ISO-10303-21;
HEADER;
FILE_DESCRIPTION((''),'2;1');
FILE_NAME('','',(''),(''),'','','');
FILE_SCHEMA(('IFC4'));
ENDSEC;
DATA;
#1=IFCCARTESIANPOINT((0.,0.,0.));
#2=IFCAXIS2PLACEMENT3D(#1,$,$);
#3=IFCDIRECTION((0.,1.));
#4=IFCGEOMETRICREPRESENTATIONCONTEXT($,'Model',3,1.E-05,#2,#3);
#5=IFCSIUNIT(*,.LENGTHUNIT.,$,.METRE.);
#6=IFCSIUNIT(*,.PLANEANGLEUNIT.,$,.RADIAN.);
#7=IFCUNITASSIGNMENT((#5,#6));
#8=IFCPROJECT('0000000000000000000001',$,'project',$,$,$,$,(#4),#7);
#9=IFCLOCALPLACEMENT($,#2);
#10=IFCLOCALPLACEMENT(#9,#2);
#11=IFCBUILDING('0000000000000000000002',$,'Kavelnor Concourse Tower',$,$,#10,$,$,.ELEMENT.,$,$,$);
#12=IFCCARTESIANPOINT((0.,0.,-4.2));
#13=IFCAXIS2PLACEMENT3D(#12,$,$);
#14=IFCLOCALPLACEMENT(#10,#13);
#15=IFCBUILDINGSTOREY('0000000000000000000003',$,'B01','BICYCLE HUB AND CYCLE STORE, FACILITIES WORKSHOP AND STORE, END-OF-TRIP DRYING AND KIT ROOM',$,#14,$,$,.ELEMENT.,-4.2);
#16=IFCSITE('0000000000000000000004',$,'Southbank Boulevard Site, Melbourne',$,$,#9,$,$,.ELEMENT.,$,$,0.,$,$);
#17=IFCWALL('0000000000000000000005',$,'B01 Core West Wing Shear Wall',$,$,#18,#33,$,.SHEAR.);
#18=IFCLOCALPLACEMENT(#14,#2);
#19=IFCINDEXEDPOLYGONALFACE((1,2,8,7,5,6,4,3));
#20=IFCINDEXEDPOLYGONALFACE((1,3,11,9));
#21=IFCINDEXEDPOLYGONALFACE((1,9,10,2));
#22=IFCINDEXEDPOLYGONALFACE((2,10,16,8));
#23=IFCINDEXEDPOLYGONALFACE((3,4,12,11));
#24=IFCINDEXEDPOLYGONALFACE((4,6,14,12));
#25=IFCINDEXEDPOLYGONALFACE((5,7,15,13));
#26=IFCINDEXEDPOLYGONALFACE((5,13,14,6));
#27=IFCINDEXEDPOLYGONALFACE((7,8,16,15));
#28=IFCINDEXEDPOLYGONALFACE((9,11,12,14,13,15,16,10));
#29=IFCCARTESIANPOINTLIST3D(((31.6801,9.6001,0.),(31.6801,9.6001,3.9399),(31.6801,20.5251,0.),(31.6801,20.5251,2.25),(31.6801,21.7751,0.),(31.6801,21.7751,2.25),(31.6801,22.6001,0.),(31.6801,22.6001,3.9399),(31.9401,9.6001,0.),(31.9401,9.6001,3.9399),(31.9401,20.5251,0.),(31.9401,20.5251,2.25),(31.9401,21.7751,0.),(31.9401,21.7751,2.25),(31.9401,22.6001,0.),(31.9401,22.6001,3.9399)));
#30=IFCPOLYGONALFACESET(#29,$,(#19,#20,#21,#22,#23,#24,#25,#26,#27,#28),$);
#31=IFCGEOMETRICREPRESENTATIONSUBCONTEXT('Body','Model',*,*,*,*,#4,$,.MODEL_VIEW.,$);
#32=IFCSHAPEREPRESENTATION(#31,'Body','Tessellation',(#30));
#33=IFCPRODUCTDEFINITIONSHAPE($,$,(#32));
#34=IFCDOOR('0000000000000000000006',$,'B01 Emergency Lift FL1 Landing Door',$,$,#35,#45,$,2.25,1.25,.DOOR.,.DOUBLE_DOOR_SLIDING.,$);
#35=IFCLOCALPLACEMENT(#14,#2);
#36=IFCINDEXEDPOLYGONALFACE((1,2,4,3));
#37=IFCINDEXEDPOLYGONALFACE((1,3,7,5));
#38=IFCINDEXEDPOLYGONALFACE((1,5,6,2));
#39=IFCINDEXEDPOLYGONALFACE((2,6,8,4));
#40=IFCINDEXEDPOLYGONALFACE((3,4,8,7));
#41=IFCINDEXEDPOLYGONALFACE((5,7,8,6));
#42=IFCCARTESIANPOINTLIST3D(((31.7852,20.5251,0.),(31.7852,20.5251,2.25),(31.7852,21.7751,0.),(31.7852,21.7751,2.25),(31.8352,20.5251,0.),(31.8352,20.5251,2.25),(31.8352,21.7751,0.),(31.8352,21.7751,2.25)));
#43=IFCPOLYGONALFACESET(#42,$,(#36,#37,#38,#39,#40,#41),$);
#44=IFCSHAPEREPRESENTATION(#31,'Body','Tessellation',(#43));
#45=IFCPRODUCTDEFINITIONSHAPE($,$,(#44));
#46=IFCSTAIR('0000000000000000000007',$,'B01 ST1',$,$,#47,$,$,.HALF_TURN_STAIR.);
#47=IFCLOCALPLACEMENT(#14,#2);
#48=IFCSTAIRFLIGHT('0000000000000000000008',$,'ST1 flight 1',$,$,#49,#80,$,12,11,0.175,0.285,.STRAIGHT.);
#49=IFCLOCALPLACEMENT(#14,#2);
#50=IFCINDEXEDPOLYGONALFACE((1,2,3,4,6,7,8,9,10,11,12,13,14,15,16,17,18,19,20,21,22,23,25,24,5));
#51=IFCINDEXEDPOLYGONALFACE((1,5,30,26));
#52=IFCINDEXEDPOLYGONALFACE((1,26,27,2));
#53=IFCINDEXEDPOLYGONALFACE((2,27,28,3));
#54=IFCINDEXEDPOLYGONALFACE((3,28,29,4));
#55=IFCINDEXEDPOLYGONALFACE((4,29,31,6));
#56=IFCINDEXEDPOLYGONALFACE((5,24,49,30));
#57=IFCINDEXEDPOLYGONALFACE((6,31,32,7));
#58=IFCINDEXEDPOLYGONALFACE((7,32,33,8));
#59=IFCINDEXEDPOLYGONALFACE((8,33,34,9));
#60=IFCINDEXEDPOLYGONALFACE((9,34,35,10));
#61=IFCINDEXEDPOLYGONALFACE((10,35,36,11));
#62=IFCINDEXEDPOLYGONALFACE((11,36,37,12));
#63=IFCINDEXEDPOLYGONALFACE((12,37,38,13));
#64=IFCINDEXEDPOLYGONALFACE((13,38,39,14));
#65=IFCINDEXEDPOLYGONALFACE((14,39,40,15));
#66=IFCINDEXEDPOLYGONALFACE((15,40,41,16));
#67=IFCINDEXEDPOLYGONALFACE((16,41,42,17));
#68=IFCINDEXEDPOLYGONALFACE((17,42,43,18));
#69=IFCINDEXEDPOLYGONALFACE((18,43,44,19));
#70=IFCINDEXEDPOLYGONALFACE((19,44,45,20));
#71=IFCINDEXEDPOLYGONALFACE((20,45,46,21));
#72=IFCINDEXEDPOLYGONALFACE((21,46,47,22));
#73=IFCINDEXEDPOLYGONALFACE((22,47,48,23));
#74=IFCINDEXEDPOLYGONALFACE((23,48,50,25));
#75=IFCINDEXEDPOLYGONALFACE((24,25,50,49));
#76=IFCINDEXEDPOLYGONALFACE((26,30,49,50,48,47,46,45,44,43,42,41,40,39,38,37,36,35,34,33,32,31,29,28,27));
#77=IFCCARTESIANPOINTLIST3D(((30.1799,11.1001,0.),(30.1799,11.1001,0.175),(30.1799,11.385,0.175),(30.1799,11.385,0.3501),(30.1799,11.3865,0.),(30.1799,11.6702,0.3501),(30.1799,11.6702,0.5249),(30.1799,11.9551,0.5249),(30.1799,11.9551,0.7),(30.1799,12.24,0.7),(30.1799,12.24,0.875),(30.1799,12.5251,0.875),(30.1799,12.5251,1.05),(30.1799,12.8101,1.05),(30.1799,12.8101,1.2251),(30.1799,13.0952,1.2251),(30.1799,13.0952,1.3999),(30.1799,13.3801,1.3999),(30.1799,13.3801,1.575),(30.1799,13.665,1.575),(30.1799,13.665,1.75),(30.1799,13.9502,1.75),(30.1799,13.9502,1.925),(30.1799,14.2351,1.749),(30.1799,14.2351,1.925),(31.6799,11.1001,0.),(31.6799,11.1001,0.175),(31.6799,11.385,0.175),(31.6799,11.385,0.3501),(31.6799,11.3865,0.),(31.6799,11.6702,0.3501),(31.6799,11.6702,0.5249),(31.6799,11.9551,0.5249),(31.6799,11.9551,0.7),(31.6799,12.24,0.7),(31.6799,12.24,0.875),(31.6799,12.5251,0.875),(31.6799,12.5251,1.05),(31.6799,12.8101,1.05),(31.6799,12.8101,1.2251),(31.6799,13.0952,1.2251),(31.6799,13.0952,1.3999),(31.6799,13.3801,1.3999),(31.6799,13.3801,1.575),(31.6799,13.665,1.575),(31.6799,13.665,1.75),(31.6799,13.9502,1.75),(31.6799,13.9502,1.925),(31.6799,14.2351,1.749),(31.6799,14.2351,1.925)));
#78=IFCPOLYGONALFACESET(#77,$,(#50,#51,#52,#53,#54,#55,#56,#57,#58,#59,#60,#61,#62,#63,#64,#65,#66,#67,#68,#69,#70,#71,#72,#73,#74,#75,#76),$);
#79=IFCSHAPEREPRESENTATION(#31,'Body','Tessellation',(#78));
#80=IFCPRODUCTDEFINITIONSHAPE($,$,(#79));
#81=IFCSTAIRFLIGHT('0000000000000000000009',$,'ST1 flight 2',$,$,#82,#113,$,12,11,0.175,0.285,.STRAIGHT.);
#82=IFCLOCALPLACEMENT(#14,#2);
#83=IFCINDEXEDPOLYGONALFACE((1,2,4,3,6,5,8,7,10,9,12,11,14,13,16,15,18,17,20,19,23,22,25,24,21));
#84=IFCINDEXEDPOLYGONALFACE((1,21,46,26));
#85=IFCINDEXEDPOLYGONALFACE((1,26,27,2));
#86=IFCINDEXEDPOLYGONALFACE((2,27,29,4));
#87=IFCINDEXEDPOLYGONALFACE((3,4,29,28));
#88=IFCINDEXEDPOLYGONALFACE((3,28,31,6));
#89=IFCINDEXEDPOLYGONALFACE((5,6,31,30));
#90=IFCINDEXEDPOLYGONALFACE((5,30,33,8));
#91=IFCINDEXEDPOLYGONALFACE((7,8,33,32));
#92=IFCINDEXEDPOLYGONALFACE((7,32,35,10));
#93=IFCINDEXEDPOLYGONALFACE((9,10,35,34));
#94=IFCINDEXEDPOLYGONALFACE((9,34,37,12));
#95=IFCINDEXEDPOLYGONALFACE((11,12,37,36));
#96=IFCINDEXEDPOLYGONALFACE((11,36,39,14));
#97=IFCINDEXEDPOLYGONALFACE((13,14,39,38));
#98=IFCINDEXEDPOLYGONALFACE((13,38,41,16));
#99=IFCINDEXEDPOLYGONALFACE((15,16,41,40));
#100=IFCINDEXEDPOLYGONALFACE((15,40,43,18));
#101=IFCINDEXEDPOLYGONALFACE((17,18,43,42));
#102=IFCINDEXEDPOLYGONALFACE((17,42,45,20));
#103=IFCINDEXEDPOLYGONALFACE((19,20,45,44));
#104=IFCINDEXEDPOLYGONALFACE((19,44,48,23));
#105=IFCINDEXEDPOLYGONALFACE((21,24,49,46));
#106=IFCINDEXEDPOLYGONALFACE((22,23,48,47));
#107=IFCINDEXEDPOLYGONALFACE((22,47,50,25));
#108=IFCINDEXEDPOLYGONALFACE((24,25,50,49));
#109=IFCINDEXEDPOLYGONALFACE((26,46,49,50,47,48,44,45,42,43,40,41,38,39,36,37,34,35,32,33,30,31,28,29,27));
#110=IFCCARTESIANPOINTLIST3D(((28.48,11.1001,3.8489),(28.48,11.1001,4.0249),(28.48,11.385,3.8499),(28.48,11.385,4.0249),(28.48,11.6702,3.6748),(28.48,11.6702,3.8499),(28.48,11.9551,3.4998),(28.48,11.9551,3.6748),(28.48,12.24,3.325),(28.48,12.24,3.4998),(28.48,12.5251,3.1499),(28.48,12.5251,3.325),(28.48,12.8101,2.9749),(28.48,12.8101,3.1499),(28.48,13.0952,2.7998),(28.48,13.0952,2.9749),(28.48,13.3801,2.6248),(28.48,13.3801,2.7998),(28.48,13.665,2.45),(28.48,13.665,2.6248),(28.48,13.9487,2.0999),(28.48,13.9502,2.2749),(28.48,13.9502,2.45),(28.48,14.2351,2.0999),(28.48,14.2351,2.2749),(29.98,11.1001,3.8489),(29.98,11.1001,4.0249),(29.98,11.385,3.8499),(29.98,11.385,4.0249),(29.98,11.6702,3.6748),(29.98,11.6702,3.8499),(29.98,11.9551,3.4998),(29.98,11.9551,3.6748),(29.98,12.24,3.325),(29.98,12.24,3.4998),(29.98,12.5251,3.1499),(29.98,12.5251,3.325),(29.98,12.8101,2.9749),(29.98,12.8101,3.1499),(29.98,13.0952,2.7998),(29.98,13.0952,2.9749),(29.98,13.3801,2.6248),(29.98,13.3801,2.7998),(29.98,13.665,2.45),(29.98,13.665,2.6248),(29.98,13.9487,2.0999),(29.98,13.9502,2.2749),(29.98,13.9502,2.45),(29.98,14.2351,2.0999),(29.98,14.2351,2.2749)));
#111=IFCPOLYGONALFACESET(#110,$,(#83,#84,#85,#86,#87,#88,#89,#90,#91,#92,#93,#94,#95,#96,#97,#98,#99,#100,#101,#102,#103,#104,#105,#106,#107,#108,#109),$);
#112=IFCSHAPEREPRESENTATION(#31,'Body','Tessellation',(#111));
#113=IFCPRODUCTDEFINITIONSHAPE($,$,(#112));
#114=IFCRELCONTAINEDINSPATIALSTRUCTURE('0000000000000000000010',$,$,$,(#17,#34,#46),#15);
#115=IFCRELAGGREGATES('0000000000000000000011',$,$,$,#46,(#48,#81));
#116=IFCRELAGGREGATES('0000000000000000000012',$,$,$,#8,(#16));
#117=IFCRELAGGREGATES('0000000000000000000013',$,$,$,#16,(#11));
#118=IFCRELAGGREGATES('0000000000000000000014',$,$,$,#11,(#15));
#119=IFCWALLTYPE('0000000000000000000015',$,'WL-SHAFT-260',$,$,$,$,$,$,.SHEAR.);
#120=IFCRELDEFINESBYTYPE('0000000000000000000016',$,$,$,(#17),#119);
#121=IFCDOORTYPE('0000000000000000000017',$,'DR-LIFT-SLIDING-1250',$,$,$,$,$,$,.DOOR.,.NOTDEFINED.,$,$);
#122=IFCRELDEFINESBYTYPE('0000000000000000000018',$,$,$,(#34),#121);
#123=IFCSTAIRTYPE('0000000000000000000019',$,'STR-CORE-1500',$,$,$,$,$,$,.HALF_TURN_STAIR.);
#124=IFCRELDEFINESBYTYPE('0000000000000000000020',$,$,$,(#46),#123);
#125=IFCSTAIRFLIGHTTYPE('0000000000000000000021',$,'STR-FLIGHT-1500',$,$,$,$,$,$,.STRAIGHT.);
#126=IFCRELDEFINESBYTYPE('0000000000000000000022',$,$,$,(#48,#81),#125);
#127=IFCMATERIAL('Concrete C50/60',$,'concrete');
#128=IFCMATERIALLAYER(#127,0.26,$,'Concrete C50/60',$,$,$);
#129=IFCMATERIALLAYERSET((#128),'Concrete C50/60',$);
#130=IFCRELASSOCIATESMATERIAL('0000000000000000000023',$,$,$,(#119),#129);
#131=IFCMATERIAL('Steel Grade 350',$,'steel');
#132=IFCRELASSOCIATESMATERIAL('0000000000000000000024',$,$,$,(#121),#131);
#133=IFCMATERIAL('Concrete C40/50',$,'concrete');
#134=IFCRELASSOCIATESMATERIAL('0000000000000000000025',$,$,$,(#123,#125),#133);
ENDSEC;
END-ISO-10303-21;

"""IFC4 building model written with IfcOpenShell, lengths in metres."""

from ifc_helpers import new_model, si_unit, direction, frame, frame_2d, origin, place, context, subcontext, project, spatial, polyline, rectangle, outline, extrude, material, layer, layer_set, type_object, element, fill, aggregate, save


model = new_model("IFC4")

# Units and contexts
model_context = context("Model", 3, precision=1e-05, world=origin(), true_north=direction((0.0, 1.0)))
body_context = subcontext(model_context, "Body", "Model", "MODEL_VIEW")
ifc_project = project(units=[si_unit("LENGTHUNIT", "METRE"), si_unit("PLANEANGLEUNIT", "RADIAN")], contexts=[model_context])

# Site, building, storey
site_placement = place(None, origin())
site = spatial("IfcSite", under=ifc_project, at=site_placement, Name="Southbank Boulevard Site, Melbourne", CompositionType="ELEMENT", RefElevation=0.0)
building_placement = place(site_placement, origin())
building = spatial("IfcBuilding", under=site, at=building_placement, Name="Kavelnor Concourse Tower", CompositionType="ELEMENT")
storey_placement = place(building_placement, frame((0.0, 0.0, -4.2)))
storey = spatial("IfcBuildingStorey", under=building, at=storey_placement, Name="B01", Description="BICYCLE HUB AND CYCLE STORE, FACILITIES WORKSHOP AND STORE, END-OF-TRIP DRYING AND KIT ROOM", CompositionType="ELEMENT", Elevation=-4.2)

# Shared definitions
ifc_material_1 = material(Name="Steel Grade 350", Category="steel")

# Wall, opening, door
ifc_material_2 = material(Name="Concrete C50/60", Category="concrete")
ifc_layer_1 = layer(ifc_material_2, 0.26, Name="Concrete C50/60")
ifc_layer_set_1 = layer_set([ifc_layer_1], Name="Concrete C50/60")
wall_type_1 = type_object("IfcWallType", Name="WL-SHAFT-260", PredefinedType="SHEAR", material=ifc_layer_set_1)
wall_1_placement = place(storey_placement, frame((31.8101, 9.6001, 0.0), z_axis=(0.0, 0.0, 1.0), x_axis=(0.0, 1.0, 0.0)))
wall_1 = element("IfcWall", 1, at=wall_1_placement, inside=storey, type_object=wall_type_1, Name="B01 Core West Wing Shear Wall", PredefinedType="SHEAR", context=body_context, shape_type="SweptSolid", body=[
    extrude(rectangle(XDim=13.0, YDim=0.26, at=frame_2d((6.5, 0.0))), origin(), (0.0, 0.0, 1.0), 3.9399),
])
opening_1_placement = place(wall_1_placement, frame((10.925, 0.0, 0.0)))
opening_1 = element("IfcOpeningElement", 2, at=opening_1_placement, cuts=wall_1, PredefinedType="OPENING", context=body_context, shape_type="SweptSolid", body=[
    extrude(rectangle(XDim=1.25, YDim=2.25, at=frame_2d((0.625, 1.125))), frame((0.0, 0.1401, 0.0), z_axis=(0.0, -1.0, 0.0), x_axis=(1.0, 0.0, 0.0)), (0.0, 0.0, 1.0), 0.28),
])
door_type_1 = type_object("IfcDoorType", Name="DR-LIFT-SLIDING-1250", OperationType="NOTDEFINED", PredefinedType="DOOR", material=ifc_material_1)
door_1_placement = place(opening_1_placement, origin())
door_1 = element("IfcDoor", 3, at=door_1_placement, inside=storey, type_object=door_type_1, Name="B01 Emergency Lift FL1 Landing Door", OperationType="DOUBLE_DOOR_SLIDING", OverallHeight=2.25, OverallWidth=1.25, PredefinedType="DOOR", context=body_context, shape_type="SweptSolid", body=[
    extrude(rectangle(XDim=1.25, YDim=2.25, at=frame_2d((0.625, 1.125))), frame((0.0, 0.0249, 0.0), z_axis=(0.0, -1.0, 0.0), x_axis=(1.0, 0.0, 0.0)), (0.0, 0.0, 1.0), 0.05),
])
fill(opening_1, door_1)

# Stair, stair flights
ifc_material_3 = material(Name="Concrete C40/50", Category="concrete")
stair_type = type_object("IfcStairType", Name="STR-CORE-1500", PredefinedType="HALF_TURN_STAIR", material=ifc_material_3)
stair_placement = place(storey_placement, origin())
stair = element("IfcStair", 4, at=stair_placement, inside=storey, type_object=stair_type, Name="B01 ST1", PredefinedType="HALF_TURN_STAIR")
stair_flight_type = type_object("IfcStairFlightType", Name="STR-FLIGHT-1500", PredefinedType="STRAIGHT", material=ifc_material_3)
stair_flight_1_placement = place(storey_placement, frame((30.9299, 11.1001, 0.0), z_axis=(0.0, 0.0, 1.0), x_axis=(0.0, 1.0, 0.0)))
stair_flight_1 = element("IfcStairFlight", 5, at=stair_flight_1_placement, type_object=stair_flight_type, Name="ST1 flight 1", NumberOfRisers=12, NumberOfTreads=11, PredefinedType="STRAIGHT", RiserHeight=0.175, TreadLength=0.285, context=body_context, shape_type="SweptSolid", body=[
    extrude(outline(polyline([(0.0, 0.0), (0.0, 0.175), (0.2849, 0.175), (0.2849, 0.3501), (0.5701, 0.3501), (0.5701, 0.5249), (0.855, 0.5249), (0.855, 0.7), (1.1399, 0.7), (1.1399, 0.875), (1.425, 0.875), (1.425, 1.05), (1.71, 1.05), (1.71, 1.2251), (1.9951, 1.2251), (1.9951, 1.3999), (2.28, 1.3999), (2.28, 1.575), (2.5649, 1.575), (2.5649, 1.75), (2.8501, 1.75), (2.8501, 1.925), (3.135, 1.925), (3.135, 2.1001), (3.135, 1.749), (0.2864, 0.0), (0.0, 0.0)])), frame((0.0, 0.75, 0.0), z_axis=(0.0, -1.0, 0.0), x_axis=(1.0, 0.0, 0.0)), (0.0, 0.0, 1.0), 1.5),
])
stair_flight_2_placement = place(storey_placement, frame((29.23, 14.2351, 2.0999), z_axis=(0.0, 0.0, 1.0), x_axis=(0.0, -1.0, 0.0)))
stair_flight_2 = element("IfcStairFlight", 6, at=stair_flight_2_placement, type_object=stair_flight_type, Name="ST1 flight 2", NumberOfRisers=12, NumberOfTreads=11, PredefinedType="STRAIGHT", RiserHeight=0.175, TreadLength=0.285, context=body_context, shape_type="SweptSolid", body=[
    extrude(outline(polyline([(0.0, 0.0), (0.0, 0.175), (0.2849, 0.175), (0.2849, 0.3501), (0.5701, 0.3501), (0.5701, 0.5249), (0.855, 0.5249), (0.855, 0.7), (1.1399, 0.7), (1.1399, 0.875), (1.425, 0.875), (1.425, 1.05), (1.71, 1.05), (1.71, 1.2251), (1.9951, 1.2251), (1.9951, 1.3999), (2.28, 1.3999), (2.28, 1.575), (2.5649, 1.575), (2.5649, 1.75), (2.8501, 1.75), (2.8501, 1.925), (3.135, 1.925), (3.135, 2.1001), (3.135, 1.749), (0.2864, 0.0), (0.0, 0.0)])), frame((0.0, 0.75, 0.0), z_axis=(0.0, -1.0, 0.0), x_axis=(1.0, 0.0, 0.0)), (0.0, 0.0, 1.0), 1.5),
])
aggregate(stair, [stair_flight_1, stair_flight_2])

save(model, "model.ifc")
